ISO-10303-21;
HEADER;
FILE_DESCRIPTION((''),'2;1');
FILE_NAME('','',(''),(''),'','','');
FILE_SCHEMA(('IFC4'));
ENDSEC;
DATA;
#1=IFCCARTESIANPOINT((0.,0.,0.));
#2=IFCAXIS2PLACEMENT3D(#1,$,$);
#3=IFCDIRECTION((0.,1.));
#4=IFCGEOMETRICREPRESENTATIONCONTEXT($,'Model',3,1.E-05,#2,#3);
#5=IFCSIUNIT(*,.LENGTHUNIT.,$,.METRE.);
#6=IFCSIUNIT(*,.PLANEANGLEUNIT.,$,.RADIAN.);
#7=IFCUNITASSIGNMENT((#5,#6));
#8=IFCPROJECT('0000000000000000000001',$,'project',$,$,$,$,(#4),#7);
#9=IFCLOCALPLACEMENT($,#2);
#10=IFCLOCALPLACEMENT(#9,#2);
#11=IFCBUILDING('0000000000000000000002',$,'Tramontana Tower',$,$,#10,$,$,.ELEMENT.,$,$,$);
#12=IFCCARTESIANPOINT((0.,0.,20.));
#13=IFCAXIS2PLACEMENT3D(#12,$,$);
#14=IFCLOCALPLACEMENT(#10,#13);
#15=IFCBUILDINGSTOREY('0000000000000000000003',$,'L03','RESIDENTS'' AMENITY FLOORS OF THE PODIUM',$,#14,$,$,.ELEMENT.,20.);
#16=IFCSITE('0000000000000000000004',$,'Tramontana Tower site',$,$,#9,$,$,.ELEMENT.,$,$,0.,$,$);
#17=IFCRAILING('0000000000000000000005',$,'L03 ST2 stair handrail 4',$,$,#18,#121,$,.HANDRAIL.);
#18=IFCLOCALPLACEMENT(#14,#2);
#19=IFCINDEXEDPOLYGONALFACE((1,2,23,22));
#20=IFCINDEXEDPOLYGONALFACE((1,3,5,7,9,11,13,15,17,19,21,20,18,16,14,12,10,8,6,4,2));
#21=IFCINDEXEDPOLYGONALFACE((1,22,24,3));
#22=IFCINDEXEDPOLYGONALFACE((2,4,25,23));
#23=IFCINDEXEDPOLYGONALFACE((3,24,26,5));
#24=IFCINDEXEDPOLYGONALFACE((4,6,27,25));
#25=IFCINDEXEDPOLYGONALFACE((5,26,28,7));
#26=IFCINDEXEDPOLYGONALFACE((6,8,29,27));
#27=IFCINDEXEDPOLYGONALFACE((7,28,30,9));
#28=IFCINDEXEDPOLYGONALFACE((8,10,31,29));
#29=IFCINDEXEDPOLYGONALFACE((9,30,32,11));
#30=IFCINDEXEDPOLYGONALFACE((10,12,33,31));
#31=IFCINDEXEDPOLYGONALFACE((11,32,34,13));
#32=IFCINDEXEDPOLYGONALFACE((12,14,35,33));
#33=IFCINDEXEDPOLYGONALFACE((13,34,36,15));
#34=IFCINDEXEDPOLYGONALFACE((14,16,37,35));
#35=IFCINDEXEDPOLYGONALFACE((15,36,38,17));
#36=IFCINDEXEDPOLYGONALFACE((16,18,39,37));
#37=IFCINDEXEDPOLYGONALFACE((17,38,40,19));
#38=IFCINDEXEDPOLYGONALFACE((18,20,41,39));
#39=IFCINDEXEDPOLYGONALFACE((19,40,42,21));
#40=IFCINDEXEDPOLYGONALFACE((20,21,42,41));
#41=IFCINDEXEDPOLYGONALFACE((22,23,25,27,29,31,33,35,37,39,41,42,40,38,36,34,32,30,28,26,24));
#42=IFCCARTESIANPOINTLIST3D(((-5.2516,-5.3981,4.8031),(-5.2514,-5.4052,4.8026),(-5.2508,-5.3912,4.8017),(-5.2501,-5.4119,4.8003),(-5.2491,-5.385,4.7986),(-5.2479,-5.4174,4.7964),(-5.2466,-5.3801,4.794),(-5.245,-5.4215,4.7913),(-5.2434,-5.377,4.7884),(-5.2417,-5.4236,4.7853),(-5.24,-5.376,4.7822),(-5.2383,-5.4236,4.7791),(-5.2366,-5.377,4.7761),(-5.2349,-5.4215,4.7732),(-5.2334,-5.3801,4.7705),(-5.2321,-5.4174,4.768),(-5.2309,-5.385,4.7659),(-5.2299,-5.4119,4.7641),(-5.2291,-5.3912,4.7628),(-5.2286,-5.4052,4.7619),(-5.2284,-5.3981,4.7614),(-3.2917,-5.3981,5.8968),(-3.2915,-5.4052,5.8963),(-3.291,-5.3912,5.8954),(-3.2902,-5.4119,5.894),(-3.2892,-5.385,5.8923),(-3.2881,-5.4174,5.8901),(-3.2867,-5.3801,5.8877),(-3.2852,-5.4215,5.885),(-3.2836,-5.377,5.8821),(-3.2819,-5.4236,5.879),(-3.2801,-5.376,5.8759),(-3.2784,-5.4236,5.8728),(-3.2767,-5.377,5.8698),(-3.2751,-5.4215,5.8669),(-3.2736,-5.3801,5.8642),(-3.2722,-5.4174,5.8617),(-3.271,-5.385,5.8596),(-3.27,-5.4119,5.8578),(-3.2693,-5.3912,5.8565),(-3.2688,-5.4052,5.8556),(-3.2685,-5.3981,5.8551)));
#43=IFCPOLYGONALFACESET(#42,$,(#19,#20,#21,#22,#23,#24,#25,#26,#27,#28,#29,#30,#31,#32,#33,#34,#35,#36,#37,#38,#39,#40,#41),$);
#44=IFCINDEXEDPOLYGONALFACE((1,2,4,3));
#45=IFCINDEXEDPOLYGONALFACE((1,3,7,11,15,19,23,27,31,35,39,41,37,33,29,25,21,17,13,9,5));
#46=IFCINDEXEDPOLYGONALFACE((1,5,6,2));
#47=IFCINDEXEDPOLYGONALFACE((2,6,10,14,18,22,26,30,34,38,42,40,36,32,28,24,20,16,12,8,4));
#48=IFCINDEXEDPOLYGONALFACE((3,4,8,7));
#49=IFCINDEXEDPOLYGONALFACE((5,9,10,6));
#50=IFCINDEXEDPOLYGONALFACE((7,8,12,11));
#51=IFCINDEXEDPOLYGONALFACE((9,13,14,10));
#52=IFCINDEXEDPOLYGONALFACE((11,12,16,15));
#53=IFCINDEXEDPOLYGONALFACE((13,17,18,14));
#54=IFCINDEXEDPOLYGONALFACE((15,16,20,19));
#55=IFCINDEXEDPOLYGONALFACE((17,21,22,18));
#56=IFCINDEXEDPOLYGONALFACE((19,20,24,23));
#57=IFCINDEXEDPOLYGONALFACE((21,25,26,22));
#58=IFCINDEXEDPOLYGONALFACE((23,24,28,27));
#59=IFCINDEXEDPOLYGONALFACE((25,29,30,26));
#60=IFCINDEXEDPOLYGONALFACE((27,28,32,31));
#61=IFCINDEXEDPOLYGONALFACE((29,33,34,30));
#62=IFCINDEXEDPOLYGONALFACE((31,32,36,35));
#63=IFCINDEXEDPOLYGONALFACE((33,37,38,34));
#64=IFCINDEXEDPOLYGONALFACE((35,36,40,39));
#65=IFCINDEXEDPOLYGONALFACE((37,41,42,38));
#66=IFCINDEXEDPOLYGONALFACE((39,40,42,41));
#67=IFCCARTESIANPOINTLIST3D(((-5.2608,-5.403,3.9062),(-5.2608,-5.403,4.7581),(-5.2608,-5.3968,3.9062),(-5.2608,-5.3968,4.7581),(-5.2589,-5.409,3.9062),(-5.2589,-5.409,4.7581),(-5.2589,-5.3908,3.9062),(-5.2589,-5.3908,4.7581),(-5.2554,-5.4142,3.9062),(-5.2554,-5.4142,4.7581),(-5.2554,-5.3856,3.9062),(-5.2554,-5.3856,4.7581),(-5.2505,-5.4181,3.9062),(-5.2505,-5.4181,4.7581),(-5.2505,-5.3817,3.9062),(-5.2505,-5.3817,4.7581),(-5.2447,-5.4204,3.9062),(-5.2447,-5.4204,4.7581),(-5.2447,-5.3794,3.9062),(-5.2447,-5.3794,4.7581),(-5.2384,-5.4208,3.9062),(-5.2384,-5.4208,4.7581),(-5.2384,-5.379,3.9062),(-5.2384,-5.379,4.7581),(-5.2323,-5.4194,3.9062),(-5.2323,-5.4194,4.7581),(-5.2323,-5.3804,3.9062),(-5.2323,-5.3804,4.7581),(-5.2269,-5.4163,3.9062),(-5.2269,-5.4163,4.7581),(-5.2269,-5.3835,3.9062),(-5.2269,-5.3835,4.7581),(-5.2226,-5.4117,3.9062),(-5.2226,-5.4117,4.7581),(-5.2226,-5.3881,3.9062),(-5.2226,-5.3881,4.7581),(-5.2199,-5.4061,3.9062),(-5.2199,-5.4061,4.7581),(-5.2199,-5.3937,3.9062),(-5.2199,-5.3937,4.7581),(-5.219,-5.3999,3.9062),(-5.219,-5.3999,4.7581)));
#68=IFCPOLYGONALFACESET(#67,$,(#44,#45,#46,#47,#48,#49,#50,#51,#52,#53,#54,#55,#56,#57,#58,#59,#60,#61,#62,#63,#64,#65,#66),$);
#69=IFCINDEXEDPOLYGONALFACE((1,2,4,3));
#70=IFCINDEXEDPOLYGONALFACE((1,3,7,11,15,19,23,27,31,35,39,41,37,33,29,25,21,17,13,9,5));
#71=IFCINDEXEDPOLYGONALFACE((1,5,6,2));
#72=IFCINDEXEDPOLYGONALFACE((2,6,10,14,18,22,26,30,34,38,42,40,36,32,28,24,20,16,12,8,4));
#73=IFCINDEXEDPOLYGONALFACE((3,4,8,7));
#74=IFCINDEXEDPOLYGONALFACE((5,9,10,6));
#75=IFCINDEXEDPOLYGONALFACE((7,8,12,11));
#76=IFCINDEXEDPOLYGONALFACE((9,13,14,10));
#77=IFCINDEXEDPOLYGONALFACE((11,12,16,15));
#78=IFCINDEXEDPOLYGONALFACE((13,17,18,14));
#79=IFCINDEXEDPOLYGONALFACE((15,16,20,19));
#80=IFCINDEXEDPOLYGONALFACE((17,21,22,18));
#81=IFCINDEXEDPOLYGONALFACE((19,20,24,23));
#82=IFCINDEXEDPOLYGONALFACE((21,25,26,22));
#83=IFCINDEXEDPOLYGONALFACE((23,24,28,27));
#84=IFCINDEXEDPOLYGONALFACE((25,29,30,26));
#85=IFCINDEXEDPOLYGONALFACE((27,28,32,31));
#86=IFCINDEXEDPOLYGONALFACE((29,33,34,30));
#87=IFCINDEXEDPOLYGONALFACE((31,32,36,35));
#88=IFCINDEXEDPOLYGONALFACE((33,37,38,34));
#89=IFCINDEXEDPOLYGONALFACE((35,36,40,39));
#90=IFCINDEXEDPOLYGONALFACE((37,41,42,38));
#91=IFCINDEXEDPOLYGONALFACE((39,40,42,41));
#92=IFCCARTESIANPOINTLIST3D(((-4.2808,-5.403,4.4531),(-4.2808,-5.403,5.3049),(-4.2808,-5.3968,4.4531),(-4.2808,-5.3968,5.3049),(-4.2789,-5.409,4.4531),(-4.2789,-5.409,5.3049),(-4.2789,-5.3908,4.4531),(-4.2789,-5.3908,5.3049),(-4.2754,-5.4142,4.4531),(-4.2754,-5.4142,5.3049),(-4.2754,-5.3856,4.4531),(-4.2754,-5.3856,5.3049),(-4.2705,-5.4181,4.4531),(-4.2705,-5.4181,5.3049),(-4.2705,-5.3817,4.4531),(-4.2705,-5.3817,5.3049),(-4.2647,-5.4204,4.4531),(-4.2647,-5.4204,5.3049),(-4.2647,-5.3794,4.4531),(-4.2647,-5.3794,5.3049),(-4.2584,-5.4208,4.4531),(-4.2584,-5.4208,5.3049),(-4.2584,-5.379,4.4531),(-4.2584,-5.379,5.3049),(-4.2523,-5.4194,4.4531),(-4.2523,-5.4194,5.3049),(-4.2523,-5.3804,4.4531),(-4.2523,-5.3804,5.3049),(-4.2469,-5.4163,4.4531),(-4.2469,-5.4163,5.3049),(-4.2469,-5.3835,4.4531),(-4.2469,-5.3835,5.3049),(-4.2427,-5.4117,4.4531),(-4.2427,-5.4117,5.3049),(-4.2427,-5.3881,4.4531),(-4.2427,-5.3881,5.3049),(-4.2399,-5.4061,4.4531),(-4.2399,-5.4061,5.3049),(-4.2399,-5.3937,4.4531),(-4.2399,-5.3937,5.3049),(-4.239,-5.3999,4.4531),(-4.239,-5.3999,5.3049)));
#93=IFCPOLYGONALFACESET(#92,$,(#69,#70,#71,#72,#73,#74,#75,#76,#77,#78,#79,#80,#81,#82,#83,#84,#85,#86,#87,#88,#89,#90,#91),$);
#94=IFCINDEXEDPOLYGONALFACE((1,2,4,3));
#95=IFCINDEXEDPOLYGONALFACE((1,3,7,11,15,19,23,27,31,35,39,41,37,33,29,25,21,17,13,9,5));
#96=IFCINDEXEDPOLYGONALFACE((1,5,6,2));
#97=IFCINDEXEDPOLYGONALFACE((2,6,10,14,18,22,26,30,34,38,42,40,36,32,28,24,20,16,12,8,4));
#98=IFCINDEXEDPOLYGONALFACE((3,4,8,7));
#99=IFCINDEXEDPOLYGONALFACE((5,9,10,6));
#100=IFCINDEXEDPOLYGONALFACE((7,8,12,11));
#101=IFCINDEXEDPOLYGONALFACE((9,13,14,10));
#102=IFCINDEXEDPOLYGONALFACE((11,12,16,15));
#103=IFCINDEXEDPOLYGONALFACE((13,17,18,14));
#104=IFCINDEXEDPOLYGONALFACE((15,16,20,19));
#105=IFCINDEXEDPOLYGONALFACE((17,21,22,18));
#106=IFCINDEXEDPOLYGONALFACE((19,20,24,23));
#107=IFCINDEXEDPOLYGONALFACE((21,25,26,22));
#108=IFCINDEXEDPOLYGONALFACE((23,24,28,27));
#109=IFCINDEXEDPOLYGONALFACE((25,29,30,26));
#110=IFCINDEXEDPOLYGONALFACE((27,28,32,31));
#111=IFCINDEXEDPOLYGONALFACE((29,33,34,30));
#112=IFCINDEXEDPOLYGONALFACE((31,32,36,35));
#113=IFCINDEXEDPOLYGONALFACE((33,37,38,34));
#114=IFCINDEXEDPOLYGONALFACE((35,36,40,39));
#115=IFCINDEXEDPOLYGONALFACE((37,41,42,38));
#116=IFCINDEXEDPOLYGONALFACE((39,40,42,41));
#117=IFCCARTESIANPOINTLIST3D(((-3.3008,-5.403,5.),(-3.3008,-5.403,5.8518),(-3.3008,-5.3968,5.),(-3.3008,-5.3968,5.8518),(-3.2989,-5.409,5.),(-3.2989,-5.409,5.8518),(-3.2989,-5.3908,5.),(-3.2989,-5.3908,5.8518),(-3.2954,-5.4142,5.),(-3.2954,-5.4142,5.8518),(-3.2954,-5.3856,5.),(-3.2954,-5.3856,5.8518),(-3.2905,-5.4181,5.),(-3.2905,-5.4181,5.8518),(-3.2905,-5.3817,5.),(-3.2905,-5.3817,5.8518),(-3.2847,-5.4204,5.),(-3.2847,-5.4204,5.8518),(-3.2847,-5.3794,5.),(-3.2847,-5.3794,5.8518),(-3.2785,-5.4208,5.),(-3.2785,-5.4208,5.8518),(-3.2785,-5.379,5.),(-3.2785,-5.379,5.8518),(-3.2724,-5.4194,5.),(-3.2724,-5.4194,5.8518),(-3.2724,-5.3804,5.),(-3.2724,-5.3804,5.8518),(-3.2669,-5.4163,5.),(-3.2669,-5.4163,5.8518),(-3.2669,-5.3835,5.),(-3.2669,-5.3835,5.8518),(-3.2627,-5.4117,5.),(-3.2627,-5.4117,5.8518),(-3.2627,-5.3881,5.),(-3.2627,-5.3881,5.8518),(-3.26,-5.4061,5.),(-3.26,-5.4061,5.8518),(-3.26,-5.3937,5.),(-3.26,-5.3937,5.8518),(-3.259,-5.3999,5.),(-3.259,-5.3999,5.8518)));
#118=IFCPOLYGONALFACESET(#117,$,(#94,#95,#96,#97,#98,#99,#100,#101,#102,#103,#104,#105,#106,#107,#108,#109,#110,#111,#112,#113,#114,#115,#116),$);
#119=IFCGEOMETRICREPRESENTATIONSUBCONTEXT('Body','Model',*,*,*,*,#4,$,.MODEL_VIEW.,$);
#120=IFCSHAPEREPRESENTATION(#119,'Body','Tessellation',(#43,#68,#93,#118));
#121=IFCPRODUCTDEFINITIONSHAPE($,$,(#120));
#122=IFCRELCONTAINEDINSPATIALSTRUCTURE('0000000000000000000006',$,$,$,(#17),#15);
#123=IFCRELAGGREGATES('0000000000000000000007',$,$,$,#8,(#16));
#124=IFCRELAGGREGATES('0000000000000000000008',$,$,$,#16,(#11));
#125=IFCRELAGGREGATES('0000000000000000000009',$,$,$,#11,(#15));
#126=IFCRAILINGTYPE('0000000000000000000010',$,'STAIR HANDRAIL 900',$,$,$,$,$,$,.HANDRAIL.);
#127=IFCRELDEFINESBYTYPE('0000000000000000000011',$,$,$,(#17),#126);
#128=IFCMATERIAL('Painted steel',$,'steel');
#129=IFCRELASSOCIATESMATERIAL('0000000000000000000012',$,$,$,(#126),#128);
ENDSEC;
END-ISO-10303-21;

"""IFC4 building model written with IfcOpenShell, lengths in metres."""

from ifc_helpers import new_model, si_unit, direction, frame, origin, origin_2d, place, context, subcontext, project, spatial, circle, extrude, material, type_object, element, save


model = new_model("IFC4")

# Units and contexts
model_context = context("Model", 3, precision=1e-05, world=origin(), true_north=direction((0.0, 1.0)))
body_context = subcontext(model_context, "Body", "Model", "MODEL_VIEW")
ifc_project = project(units=[si_unit("LENGTHUNIT", "METRE"), si_unit("PLANEANGLEUNIT", "RADIAN")], contexts=[model_context])

# Site, building, storey
site_placement = place(None, origin())
site = spatial("IfcSite", under=ifc_project, at=site_placement, Name="Tramontana Tower site", CompositionType="ELEMENT", RefElevation=0.0)
building_placement = place(site_placement, origin())
building = spatial("IfcBuilding", under=site, at=building_placement, Name="Tramontana Tower", CompositionType="ELEMENT")
storey_placement = place(building_placement, frame((0.0, 0.0, 20.0)))
storey = spatial("IfcBuildingStorey", under=building, at=storey_placement, Name="L03", Description="RESIDENTS' AMENITY FLOORS OF THE PODIUM", CompositionType="ELEMENT", Elevation=20.0)

# Railing
ifc_material_1 = material(Name="Painted steel", Category="steel")
railing_type_1 = type_object("IfcRailingType", Name="STAIR HANDRAIL 900", PredefinedType="HANDRAIL", material=ifc_material_1)
railing_1_placement = place(storey_placement, frame((-5.24, -5.3999, 3.9062)))
element("IfcRailing", 1, at=railing_1_placement, inside=storey, type_object=railing_type_1, Name="L03 ST2 stair handrail 4", PredefinedType="HANDRAIL", context=body_context, shape_type="SweptSolid", body=[
    extrude(circle(Radius=0.0239, at=origin_2d()), frame((0.0, 0.0, 0.876), z_axis=(0.873232, 0.0, 0.487304), x_axis=(0.0, 1.0, 0.0)), (0.0, 0.0, 1.0), 2.2444),
    extrude(circle(Radius=0.021, at=origin_2d()), origin(), (0.0, 0.0, 1.0), 0.8518),
    extrude(circle(Radius=0.021, at=origin_2d()), frame((0.98, 0.0, 0.5469)), (0.0, 0.0, 1.0), 0.8518),
    extrude(circle(Radius=0.021, at=origin_2d()), frame((1.96, 0.0, 1.0938)), (0.0, 0.0, 1.0), 0.8518),
])

save(model, "model.ifc")
